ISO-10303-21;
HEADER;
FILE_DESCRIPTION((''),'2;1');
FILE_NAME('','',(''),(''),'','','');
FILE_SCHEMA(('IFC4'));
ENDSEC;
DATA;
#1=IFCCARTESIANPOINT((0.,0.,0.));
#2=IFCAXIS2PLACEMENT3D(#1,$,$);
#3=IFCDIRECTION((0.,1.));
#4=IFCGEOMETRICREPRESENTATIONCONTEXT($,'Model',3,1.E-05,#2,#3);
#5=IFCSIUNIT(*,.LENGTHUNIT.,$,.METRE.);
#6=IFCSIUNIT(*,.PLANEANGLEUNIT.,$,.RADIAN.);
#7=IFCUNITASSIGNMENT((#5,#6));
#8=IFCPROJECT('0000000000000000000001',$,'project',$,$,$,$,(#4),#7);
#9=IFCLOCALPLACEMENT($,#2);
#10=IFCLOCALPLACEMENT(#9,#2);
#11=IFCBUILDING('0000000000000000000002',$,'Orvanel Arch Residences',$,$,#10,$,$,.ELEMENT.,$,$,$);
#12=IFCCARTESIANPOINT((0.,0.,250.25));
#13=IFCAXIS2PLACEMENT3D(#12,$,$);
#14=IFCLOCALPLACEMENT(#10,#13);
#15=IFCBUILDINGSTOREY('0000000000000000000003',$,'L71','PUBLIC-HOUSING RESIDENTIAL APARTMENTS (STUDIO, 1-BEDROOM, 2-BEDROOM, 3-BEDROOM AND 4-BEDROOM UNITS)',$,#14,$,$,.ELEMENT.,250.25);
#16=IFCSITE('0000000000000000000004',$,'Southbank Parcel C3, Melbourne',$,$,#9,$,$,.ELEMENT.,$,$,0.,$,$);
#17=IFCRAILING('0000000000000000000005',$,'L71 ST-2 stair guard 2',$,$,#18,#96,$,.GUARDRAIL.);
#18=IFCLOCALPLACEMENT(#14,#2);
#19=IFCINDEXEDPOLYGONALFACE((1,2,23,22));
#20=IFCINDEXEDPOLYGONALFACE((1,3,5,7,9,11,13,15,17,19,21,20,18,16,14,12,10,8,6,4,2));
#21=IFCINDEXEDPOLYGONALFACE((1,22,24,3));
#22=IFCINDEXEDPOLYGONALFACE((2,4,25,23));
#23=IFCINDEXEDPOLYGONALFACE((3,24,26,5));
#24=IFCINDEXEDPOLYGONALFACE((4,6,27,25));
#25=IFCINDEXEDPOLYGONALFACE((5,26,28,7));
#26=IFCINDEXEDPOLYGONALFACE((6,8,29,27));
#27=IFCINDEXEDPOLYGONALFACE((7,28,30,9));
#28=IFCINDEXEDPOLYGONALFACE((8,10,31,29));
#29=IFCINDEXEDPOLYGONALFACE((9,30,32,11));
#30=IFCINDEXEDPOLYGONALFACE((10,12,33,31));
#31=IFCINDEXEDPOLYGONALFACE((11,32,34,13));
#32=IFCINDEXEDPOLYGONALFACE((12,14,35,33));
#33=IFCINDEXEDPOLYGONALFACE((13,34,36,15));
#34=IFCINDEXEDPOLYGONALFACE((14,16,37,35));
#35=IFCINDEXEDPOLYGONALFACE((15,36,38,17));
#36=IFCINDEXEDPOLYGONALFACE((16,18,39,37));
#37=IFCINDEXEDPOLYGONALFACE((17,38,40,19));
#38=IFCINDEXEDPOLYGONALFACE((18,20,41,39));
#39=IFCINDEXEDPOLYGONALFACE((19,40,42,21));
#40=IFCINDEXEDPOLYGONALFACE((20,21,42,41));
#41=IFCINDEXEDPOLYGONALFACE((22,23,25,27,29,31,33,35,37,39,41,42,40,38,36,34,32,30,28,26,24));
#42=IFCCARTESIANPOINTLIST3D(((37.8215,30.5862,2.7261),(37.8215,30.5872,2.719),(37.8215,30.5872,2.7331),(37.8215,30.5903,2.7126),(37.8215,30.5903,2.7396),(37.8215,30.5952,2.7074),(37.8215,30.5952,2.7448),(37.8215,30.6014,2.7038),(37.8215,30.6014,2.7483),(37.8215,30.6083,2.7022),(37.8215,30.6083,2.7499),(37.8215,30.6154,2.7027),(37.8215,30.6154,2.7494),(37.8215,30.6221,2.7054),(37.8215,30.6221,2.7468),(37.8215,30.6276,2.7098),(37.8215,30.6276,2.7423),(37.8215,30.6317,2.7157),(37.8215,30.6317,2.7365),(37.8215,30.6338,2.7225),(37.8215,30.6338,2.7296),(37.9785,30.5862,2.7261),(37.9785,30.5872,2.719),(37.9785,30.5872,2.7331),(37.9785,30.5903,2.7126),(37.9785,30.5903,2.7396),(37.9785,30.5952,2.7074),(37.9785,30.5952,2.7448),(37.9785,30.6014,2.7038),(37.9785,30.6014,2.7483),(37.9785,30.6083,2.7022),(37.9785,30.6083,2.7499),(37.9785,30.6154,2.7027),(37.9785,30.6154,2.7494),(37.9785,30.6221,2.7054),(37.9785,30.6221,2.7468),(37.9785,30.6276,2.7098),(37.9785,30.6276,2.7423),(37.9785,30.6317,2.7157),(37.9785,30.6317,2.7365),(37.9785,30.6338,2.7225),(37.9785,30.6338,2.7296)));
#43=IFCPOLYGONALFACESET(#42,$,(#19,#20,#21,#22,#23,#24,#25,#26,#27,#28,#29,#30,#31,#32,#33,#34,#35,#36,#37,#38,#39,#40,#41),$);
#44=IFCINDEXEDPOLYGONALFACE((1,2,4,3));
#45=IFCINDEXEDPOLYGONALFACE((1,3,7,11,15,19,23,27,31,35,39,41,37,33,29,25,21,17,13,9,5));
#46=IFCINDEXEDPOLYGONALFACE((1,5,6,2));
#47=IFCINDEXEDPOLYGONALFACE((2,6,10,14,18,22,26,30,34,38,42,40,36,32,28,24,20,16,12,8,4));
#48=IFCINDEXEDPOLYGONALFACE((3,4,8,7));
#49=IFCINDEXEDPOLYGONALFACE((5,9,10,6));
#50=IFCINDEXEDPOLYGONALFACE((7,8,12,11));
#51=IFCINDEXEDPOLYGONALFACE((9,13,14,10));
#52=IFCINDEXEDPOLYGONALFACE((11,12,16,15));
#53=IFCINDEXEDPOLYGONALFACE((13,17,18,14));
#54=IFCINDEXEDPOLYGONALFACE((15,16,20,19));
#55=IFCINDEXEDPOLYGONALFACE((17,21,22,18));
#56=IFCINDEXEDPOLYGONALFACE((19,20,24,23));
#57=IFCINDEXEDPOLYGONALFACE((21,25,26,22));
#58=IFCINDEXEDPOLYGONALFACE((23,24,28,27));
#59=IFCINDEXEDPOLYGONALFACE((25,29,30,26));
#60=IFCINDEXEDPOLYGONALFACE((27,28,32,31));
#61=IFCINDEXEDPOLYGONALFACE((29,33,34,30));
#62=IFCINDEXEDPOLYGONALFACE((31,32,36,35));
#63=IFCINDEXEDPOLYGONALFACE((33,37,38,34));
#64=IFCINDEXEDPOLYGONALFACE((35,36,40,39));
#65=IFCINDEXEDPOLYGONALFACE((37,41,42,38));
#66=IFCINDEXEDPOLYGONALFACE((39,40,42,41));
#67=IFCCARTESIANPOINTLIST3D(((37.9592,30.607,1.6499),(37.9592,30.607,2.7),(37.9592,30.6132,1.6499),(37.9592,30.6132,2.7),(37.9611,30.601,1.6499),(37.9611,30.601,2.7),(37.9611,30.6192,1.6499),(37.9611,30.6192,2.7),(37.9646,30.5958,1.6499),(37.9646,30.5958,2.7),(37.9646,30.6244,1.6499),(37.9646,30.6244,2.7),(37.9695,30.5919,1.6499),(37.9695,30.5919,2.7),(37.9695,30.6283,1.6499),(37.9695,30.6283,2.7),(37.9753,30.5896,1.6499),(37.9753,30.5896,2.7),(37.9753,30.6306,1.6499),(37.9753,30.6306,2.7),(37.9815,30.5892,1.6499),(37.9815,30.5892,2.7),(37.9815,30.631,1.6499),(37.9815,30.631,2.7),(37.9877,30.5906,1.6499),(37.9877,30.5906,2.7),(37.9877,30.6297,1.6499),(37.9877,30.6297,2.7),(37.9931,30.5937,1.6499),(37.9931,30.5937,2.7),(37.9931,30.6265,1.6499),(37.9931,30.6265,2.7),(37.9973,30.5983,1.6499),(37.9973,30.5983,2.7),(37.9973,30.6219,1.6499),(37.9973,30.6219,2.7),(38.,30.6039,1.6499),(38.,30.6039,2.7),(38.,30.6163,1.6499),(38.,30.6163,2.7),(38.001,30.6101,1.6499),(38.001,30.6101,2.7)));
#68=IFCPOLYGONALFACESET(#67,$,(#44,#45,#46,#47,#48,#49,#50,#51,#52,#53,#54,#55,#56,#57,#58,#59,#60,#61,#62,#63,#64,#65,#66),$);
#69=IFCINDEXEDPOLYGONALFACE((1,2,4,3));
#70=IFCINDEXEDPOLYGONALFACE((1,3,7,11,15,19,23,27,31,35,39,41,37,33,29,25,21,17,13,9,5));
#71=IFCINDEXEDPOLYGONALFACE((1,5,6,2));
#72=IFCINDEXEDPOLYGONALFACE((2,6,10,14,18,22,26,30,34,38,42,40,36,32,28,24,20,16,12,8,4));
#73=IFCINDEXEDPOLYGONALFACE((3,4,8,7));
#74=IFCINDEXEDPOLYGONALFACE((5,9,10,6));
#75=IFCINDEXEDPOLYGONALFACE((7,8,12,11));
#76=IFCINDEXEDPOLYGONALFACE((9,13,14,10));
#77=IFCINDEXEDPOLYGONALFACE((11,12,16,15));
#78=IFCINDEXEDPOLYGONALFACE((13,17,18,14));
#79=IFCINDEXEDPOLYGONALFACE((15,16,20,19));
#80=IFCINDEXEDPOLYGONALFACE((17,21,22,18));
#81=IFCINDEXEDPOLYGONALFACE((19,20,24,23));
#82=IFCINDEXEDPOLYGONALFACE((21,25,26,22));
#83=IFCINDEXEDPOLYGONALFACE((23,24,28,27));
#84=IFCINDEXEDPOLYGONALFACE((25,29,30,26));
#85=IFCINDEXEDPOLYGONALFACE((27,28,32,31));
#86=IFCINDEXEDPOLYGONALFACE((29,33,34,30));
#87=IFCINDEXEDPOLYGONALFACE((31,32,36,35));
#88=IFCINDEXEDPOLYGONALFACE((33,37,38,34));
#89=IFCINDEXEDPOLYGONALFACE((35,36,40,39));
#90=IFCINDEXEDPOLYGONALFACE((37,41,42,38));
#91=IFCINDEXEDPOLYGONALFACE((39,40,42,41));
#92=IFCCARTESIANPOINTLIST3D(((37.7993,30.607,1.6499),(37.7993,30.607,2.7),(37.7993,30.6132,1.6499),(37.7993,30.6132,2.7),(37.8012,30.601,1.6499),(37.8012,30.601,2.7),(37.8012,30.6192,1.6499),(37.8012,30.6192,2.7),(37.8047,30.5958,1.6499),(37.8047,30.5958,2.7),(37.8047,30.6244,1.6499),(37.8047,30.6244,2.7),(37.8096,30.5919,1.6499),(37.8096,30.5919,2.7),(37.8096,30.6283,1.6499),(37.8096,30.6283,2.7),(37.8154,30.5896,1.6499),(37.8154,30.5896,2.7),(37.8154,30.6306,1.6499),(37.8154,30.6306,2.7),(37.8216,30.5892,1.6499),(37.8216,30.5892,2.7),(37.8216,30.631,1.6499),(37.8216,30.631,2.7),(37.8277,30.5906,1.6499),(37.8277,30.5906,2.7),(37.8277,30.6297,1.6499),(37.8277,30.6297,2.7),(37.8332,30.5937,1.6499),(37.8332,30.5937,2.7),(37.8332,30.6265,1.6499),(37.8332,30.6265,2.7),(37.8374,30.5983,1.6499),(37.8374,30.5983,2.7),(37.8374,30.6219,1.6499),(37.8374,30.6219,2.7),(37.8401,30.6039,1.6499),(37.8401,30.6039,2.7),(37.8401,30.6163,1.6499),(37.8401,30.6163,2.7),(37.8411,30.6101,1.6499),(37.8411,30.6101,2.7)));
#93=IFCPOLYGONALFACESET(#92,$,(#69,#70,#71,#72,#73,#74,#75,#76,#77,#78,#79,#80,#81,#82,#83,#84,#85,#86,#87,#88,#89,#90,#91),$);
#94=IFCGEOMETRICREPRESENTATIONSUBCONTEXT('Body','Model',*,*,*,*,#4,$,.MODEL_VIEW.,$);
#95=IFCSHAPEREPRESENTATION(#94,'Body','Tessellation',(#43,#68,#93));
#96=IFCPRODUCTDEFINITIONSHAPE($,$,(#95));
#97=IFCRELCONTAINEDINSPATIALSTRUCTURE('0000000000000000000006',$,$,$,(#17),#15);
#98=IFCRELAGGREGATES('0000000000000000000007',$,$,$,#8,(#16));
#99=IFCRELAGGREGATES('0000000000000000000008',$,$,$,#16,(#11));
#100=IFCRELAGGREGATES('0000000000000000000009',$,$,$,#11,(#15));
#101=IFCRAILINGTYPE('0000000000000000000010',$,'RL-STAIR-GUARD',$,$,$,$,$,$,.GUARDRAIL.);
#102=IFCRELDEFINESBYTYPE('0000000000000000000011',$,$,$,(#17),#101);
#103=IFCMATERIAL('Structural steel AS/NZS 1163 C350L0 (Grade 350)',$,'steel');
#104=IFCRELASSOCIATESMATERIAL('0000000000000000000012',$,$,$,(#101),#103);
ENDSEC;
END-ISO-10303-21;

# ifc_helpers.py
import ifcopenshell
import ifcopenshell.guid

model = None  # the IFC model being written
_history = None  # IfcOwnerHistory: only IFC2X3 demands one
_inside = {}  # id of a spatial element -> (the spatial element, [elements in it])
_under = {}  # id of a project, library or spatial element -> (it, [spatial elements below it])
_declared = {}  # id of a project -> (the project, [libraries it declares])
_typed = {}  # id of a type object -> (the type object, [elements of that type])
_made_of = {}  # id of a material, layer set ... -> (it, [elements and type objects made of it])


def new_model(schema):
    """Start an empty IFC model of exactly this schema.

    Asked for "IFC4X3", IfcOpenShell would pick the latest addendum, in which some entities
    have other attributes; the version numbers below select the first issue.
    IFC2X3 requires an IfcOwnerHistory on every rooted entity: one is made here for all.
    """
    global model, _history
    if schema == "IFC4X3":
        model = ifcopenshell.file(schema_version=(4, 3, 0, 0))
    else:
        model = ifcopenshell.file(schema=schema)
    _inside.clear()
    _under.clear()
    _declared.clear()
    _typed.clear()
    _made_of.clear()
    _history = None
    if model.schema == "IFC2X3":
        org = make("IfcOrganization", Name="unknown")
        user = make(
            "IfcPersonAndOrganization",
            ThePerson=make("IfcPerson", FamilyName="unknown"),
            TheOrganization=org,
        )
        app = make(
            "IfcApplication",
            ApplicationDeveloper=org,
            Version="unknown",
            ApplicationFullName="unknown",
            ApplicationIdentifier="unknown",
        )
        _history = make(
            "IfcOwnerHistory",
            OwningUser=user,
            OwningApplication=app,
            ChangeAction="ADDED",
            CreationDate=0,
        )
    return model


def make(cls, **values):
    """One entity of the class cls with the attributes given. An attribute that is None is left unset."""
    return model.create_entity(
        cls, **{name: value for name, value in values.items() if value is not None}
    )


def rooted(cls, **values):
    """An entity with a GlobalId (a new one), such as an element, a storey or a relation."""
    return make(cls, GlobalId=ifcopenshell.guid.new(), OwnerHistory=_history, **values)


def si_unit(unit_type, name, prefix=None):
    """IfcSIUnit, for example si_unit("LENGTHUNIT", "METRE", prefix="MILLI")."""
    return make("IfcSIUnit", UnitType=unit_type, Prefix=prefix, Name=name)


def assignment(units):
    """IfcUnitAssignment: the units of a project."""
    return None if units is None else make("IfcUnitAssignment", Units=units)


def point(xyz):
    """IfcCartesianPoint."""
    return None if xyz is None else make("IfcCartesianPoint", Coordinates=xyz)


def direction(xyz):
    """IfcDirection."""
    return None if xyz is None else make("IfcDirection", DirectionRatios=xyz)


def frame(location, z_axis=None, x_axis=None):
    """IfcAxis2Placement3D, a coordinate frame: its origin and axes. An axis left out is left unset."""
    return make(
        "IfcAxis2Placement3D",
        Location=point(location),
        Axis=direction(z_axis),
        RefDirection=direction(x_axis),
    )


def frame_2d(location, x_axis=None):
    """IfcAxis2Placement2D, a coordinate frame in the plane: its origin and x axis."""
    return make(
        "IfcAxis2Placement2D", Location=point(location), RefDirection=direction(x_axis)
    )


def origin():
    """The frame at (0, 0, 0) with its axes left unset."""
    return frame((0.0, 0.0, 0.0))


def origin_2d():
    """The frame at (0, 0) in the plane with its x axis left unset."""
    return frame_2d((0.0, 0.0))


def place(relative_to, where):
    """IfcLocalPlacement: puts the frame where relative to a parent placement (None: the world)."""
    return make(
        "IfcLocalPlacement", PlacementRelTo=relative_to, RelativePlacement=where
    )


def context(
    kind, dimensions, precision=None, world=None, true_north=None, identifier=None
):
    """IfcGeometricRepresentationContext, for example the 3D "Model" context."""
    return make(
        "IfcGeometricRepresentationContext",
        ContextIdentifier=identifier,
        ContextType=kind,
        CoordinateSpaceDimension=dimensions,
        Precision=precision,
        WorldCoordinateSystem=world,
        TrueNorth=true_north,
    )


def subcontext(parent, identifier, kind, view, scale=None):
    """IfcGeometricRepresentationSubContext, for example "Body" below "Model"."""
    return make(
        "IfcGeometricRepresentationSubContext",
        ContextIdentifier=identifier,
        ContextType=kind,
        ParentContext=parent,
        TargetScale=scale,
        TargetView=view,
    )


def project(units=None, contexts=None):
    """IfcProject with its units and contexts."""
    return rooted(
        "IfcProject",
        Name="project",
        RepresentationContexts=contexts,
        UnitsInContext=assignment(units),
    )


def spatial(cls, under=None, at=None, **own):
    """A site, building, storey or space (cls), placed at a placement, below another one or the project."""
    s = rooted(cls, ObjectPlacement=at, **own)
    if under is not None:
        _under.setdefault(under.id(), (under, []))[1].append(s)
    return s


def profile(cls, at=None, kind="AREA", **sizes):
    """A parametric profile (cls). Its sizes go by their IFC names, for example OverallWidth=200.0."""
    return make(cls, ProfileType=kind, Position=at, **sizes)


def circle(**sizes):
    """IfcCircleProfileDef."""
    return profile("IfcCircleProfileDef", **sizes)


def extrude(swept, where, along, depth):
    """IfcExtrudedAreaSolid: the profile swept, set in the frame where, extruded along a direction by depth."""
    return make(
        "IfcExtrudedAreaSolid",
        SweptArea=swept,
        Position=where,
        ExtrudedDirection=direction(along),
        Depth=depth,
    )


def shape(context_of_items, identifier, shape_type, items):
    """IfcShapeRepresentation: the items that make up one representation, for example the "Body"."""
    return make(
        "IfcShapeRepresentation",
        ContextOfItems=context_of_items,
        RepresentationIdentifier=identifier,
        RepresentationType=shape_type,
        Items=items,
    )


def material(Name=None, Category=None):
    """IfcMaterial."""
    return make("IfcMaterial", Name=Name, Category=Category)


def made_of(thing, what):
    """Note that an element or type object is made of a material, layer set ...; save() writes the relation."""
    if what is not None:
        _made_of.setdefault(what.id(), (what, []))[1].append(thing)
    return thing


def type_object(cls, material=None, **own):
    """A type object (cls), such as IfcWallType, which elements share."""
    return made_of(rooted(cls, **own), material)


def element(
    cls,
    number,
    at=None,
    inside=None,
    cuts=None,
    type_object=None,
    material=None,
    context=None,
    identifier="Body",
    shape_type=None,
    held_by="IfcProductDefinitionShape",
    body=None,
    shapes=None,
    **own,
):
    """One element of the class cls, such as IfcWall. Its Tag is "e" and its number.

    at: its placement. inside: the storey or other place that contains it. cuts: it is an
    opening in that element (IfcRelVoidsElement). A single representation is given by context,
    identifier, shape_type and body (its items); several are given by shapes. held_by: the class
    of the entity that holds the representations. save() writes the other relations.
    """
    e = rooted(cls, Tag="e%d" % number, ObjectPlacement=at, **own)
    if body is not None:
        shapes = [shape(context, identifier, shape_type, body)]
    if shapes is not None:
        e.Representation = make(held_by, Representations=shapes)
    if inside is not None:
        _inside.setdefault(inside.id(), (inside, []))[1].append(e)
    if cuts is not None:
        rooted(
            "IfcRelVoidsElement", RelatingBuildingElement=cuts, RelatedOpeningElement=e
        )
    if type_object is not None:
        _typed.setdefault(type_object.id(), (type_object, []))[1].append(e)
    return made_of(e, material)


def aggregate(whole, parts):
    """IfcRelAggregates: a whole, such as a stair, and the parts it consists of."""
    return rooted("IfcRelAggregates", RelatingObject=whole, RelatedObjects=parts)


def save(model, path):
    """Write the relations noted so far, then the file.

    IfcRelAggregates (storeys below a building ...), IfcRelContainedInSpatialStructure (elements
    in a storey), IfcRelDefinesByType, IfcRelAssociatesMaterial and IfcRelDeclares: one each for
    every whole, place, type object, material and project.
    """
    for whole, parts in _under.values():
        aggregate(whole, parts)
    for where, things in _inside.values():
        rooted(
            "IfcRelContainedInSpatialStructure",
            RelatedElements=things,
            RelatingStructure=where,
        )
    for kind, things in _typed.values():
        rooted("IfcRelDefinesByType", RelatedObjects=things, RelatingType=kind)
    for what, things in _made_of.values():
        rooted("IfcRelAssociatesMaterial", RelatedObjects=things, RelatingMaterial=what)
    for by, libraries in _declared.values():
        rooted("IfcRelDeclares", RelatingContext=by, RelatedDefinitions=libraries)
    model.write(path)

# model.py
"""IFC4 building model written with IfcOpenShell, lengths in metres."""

from ifc_helpers import new_model, si_unit, direction, frame, origin, origin_2d, place, context, subcontext, project, spatial, circle, extrude, material, type_object, element, save


model = new_model("IFC4")

# Units and contexts
model_context = context("Model", 3, precision=1e-05, world=origin(), true_north=direction((0.0, 1.0)))
body_context = subcontext(model_context, "Body", "Model", "MODEL_VIEW")
ifc_project = project(units=[si_unit("LENGTHUNIT", "METRE"), si_unit("PLANEANGLEUNIT", "RADIAN")], contexts=[model_context])

# Site, building, storey
site_placement = place(None, origin())
site = spatial("IfcSite", under=ifc_project, at=site_placement, Name="Southbank Parcel C3, Melbourne", CompositionType="ELEMENT", RefElevation=0.0)
building_placement = place(site_placement, origin())
building = spatial("IfcBuilding", under=site, at=building_placement, Name="Orvanel Arch Residences", CompositionType="ELEMENT")
storey_placement = place(building_placement, frame((0.0, 0.0, 250.25)))
storey = spatial("IfcBuildingStorey", under=building, at=storey_placement, Name="L71", Description="PUBLIC-HOUSING RESIDENTIAL APARTMENTS (STUDIO, 1-BEDROOM, 2-BEDROOM, 3-BEDROOM AND 4-BEDROOM UNITS)", CompositionType="ELEMENT", Elevation=250.25)

# Railing
ifc_material_1 = material(Name="Structural steel AS/NZS 1163 C350L0 (Grade 350)", Category="steel")
railing_type_1 = type_object("IfcRailingType", Name="RL-STAIR-GUARD", PredefinedType="GUARDRAIL", material=ifc_material_1)
railing_1_placement = place(storey_placement, frame((37.98, 30.6101, 1.6499)))
element("IfcRailing", 1, at=railing_1_placement, inside=storey, type_object=railing_type_1, Name="L71 ST-2 stair guard 2", PredefinedType="GUARDRAIL", context=body_context, shape_type="SweptSolid", body=[
    extrude(circle(Radius=0.0239, at=origin_2d()), frame((-0.0015, 0.0, 1.0762), z_axis=(-1.0, 0.0, 0.0), x_axis=(0.0, -1.0, 0.0)), (0.0, 0.0, 1.0), 0.157),
    extrude(circle(Radius=0.021, at=origin_2d()), origin(), (0.0, 0.0, 1.0), 1.05),
    extrude(circle(Radius=0.021, at=origin_2d()), frame((-0.1599, 0.0, 0.0)), (0.0, 0.0, 1.0), 1.05),
])

save(model, "model.ifc")
